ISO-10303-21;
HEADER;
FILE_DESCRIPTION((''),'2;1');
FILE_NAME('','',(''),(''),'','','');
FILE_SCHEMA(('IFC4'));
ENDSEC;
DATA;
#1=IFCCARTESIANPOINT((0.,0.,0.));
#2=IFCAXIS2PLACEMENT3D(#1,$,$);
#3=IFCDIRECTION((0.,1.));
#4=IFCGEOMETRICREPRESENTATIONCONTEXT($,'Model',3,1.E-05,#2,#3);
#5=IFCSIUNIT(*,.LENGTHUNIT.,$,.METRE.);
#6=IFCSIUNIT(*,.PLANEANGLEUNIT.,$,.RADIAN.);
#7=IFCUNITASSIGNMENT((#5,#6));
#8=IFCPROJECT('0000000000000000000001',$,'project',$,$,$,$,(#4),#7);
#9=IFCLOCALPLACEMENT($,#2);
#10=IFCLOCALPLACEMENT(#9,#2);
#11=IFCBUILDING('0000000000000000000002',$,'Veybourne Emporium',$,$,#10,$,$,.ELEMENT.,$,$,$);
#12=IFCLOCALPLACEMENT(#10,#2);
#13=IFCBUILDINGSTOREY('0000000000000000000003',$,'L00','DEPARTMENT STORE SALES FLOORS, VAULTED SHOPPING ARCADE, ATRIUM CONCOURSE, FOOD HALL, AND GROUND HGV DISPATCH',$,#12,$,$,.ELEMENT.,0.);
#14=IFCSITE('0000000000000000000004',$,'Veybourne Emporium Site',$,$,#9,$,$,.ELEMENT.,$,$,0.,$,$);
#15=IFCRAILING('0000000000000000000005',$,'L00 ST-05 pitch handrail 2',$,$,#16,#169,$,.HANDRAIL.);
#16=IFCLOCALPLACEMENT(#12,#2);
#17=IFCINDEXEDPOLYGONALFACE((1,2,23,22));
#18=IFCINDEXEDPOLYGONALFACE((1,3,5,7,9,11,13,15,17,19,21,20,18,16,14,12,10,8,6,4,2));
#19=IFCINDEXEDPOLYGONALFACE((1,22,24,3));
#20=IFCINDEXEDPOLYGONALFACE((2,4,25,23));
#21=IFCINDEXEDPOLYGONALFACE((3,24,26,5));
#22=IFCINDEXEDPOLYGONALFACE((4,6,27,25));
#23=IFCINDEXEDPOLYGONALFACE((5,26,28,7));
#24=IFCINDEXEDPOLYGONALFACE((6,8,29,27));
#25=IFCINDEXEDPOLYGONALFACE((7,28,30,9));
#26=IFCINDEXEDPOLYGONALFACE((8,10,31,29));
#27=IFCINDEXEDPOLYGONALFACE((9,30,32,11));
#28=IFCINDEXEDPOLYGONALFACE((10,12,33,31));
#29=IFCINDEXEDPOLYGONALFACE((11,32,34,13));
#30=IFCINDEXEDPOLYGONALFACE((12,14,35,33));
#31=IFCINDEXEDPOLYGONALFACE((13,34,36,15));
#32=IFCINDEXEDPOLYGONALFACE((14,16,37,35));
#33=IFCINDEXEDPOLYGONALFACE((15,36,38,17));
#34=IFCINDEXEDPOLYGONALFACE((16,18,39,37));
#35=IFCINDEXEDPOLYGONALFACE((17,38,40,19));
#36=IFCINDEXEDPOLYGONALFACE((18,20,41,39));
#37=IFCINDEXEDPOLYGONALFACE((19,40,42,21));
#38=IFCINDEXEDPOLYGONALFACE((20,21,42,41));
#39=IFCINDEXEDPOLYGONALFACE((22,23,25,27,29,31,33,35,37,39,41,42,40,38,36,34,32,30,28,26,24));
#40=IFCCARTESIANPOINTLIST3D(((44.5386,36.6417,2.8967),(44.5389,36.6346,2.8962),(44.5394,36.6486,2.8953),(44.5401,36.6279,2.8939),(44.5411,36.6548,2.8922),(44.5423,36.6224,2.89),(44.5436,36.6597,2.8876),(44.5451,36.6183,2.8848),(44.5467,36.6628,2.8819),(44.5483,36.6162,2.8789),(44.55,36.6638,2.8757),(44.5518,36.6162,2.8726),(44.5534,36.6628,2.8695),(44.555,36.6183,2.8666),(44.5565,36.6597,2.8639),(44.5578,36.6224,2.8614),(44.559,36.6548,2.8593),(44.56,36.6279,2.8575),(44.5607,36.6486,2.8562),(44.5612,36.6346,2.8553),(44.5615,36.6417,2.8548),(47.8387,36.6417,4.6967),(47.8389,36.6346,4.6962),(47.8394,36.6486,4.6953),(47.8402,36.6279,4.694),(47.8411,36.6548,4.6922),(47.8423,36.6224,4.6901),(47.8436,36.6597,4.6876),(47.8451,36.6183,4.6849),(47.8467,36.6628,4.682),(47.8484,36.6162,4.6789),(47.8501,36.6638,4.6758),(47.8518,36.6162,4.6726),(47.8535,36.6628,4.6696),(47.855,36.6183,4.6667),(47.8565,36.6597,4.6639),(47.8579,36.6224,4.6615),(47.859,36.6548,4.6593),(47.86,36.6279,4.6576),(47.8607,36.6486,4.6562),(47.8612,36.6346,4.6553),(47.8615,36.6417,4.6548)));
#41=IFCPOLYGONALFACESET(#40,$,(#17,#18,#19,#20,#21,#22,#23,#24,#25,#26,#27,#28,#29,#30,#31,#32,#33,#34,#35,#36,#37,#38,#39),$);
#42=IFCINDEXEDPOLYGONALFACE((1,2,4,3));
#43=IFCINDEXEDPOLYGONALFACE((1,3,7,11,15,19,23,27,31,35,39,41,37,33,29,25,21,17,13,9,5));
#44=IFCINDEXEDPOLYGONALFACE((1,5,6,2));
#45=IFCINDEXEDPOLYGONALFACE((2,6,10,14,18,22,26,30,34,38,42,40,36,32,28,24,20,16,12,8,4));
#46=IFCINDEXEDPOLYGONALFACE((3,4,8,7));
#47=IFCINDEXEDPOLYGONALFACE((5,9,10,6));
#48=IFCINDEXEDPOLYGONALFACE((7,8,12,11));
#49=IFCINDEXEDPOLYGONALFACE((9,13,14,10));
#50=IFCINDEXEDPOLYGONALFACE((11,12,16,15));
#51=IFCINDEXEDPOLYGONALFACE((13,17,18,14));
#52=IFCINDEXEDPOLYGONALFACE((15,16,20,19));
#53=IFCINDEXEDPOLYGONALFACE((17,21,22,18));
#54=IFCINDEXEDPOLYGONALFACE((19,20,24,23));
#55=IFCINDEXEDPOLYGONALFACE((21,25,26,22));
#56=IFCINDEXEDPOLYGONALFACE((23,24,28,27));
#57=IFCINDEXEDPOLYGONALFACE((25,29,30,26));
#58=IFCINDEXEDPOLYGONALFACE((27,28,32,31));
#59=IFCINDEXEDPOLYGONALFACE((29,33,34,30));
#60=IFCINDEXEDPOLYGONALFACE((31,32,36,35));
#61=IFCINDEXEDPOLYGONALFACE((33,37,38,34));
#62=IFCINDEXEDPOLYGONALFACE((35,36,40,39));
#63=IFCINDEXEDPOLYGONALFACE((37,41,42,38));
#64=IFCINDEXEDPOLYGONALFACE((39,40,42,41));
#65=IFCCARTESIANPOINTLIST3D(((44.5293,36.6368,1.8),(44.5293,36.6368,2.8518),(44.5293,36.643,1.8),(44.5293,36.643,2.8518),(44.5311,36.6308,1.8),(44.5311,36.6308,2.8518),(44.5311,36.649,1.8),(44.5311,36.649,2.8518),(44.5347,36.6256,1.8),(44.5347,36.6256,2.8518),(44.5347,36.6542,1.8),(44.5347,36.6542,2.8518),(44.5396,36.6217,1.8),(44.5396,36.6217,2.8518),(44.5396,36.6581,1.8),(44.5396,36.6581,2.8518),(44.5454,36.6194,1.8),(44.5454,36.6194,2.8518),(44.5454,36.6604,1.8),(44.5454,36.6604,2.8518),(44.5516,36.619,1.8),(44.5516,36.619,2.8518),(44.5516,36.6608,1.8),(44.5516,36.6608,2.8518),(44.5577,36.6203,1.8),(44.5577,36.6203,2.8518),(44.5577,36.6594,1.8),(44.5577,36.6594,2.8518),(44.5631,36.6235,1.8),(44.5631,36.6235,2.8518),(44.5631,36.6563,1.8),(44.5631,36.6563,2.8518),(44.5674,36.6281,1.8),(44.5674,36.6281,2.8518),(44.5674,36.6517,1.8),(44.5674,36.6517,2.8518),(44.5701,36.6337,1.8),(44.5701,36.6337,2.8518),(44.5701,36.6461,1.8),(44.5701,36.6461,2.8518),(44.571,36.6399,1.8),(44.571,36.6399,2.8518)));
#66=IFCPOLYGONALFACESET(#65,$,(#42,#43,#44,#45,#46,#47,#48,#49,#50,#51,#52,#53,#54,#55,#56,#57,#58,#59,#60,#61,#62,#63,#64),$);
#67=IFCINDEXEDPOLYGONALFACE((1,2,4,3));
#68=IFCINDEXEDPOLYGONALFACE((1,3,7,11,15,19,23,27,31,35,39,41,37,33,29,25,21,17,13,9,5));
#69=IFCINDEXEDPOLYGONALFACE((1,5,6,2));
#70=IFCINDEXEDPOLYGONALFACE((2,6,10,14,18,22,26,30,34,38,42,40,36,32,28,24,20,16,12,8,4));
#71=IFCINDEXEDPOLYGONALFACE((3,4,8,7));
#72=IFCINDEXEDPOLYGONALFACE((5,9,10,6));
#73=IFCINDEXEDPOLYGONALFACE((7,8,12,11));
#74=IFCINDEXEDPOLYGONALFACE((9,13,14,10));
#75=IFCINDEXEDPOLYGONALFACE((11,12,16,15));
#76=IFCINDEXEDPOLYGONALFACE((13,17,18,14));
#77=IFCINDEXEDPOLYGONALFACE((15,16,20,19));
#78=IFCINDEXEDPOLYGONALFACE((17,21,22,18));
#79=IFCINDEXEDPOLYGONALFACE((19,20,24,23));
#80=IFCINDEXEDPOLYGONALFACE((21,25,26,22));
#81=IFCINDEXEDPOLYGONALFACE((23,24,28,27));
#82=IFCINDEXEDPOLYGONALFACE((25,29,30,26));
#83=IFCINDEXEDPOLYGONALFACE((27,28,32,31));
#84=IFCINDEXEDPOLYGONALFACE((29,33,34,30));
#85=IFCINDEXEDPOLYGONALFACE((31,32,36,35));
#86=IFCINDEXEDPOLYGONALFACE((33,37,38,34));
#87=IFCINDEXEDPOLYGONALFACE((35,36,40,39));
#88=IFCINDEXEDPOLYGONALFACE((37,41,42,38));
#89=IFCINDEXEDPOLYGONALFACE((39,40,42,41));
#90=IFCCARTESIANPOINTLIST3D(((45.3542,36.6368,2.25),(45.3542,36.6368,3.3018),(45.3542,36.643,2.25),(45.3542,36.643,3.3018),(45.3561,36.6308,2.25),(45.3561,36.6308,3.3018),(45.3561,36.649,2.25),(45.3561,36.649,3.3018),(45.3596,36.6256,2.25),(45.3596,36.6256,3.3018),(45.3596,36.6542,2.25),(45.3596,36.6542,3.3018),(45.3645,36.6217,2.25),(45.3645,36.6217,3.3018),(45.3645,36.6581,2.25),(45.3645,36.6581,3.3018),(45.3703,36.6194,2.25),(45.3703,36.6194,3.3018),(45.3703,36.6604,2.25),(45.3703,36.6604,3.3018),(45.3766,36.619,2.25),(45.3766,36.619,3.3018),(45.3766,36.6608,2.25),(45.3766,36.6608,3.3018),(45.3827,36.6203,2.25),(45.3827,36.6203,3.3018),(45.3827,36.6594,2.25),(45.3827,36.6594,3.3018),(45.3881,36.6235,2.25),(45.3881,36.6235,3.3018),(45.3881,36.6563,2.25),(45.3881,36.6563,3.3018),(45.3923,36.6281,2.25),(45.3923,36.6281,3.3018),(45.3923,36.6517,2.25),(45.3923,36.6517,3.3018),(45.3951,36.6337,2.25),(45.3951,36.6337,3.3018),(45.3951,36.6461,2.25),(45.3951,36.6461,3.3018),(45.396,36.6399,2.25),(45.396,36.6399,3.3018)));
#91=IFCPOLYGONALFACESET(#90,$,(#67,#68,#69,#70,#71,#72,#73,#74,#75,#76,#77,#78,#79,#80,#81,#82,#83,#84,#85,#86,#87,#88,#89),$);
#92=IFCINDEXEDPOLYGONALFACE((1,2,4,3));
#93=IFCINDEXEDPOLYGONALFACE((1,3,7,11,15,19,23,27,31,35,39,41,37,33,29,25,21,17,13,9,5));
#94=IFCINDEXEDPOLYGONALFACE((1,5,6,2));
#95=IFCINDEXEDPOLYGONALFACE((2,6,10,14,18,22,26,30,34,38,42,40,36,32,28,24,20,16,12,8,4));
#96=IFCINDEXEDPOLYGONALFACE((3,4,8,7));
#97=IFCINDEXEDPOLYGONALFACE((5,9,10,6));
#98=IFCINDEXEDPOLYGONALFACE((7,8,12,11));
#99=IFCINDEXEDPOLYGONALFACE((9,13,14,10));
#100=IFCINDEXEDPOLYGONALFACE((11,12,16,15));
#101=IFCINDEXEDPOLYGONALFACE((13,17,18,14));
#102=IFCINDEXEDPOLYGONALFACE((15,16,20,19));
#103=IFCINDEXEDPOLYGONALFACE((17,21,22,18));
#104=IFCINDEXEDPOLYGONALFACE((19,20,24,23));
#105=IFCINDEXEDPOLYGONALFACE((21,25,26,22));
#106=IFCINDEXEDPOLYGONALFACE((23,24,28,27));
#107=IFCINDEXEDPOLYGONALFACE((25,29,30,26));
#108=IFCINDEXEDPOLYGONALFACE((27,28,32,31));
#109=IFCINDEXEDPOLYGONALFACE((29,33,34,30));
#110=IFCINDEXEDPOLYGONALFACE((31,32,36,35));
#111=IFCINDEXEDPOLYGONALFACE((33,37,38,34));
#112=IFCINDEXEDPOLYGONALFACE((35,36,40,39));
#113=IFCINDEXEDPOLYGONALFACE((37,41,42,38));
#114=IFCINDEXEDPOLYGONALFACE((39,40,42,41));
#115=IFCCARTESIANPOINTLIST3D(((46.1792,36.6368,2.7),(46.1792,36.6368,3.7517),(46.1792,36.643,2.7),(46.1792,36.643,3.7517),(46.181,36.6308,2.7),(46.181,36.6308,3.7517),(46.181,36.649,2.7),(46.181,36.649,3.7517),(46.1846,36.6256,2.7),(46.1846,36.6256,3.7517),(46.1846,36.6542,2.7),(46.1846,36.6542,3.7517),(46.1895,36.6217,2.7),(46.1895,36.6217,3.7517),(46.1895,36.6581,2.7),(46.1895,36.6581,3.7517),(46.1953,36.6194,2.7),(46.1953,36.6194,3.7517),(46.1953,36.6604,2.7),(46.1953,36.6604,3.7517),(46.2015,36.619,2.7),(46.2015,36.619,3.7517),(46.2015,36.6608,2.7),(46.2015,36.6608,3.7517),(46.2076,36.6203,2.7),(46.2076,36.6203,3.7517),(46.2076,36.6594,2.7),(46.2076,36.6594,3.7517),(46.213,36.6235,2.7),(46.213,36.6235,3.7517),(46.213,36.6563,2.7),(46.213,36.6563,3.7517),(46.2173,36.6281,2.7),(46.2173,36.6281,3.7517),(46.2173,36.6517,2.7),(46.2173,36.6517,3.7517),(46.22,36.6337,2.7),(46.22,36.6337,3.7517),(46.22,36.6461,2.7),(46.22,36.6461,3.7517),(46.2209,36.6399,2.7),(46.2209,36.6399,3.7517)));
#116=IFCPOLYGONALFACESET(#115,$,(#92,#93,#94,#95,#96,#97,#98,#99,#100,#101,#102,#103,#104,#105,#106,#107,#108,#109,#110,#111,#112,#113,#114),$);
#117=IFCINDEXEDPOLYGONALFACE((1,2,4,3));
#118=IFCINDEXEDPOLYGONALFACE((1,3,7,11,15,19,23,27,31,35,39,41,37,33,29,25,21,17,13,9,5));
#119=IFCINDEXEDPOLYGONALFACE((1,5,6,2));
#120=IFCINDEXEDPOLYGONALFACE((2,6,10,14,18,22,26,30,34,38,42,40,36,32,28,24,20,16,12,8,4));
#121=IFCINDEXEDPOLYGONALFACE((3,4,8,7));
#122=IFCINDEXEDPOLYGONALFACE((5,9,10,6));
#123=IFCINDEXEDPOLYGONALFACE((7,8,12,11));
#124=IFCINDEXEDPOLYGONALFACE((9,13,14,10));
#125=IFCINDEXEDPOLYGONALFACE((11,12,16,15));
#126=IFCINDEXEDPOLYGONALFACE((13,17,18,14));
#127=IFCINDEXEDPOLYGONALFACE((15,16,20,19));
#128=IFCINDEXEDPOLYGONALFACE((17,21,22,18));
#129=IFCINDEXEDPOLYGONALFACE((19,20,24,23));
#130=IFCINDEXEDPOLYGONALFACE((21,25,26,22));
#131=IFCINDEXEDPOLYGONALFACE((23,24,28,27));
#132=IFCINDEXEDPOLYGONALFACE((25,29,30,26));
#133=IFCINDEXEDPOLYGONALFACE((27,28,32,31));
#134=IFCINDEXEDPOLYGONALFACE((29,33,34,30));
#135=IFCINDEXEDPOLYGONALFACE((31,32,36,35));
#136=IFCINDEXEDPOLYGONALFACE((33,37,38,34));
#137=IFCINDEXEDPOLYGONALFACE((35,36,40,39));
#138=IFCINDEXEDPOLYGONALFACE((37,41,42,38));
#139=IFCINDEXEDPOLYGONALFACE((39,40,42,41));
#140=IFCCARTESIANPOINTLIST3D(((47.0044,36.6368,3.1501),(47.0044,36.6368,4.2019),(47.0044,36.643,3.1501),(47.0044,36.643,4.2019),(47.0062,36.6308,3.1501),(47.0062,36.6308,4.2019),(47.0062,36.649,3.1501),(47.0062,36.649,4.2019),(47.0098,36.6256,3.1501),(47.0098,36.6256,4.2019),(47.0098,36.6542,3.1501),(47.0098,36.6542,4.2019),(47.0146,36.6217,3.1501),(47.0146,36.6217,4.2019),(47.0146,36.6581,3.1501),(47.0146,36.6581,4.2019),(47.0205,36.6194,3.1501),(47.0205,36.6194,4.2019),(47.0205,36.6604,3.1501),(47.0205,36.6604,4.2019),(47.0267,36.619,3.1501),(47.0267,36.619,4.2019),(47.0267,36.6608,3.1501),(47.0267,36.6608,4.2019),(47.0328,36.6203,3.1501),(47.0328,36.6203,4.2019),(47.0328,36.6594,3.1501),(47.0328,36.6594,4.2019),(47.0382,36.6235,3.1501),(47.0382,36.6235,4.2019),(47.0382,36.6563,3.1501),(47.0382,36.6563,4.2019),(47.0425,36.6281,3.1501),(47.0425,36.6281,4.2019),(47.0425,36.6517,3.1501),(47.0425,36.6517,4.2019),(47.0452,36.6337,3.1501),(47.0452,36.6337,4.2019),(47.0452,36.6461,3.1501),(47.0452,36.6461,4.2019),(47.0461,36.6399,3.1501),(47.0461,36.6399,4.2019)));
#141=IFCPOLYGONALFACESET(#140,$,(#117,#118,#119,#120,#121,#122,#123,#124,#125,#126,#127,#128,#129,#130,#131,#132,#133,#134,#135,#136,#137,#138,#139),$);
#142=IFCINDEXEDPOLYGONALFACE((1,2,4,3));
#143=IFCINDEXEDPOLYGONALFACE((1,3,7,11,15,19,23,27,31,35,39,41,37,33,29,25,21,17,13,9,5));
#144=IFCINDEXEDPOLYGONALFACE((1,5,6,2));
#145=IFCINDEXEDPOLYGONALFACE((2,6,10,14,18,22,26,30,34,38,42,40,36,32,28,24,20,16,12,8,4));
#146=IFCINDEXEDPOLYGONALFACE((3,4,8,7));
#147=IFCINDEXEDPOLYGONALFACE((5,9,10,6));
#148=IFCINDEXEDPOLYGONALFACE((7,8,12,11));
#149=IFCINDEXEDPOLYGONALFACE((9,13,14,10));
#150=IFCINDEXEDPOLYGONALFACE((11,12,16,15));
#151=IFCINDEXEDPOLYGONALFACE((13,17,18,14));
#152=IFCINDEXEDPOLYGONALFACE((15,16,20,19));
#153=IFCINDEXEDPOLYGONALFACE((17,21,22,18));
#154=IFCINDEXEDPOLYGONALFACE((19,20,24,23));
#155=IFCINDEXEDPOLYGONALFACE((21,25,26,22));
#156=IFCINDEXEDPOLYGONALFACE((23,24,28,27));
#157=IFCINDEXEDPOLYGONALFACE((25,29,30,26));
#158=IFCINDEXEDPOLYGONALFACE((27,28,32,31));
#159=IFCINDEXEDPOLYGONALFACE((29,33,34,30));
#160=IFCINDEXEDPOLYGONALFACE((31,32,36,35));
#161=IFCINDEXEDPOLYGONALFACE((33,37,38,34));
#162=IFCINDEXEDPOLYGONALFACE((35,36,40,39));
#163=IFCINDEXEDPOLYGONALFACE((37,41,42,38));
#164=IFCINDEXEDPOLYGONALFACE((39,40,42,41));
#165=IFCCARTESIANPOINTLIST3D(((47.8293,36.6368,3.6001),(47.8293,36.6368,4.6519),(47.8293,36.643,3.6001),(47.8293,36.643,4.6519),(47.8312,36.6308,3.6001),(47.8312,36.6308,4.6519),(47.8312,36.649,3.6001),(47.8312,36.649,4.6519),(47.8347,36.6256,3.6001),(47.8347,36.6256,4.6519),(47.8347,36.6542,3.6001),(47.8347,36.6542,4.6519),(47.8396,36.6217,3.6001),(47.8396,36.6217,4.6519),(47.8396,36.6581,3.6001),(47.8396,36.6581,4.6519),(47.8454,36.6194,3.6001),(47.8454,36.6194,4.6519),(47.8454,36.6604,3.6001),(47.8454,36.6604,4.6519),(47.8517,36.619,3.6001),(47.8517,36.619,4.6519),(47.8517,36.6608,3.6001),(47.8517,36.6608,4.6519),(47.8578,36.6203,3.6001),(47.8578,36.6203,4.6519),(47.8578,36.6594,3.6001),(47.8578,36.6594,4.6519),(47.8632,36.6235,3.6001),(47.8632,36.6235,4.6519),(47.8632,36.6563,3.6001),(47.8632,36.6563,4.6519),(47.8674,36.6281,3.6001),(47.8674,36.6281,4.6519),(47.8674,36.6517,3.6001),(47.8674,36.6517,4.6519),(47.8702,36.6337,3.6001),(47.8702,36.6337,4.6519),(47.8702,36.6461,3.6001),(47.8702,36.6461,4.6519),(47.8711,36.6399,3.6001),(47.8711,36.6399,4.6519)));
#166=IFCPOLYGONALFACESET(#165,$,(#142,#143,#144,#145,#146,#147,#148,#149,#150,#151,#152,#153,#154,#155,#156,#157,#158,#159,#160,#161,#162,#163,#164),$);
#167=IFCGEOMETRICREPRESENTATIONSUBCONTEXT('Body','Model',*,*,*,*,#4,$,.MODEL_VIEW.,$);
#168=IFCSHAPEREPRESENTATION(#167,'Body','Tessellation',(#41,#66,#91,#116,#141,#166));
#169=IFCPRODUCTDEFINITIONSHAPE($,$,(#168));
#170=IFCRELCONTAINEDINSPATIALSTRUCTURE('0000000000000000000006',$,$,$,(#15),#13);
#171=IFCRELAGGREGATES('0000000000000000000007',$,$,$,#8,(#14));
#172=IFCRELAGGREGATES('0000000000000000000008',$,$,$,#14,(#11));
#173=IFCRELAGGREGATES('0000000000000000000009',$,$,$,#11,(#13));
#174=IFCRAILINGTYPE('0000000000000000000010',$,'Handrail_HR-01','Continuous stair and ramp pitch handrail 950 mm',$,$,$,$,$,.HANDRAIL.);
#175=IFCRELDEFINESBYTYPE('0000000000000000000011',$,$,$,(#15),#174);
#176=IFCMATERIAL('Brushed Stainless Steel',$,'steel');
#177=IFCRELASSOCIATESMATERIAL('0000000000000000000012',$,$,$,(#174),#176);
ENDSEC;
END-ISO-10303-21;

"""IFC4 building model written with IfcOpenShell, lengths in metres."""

from ifc_helpers import new_model, si_unit, direction, frame, origin, origin_2d, place, context, subcontext, project, spatial, circle, extrude, material, type_object, element, save


model = new_model("IFC4")

# Units and contexts
model_context = context("Model", 3, precision=1e-05, world=origin(), true_north=direction((0.0, 1.0)))
body_context = subcontext(model_context, "Body", "Model", "MODEL_VIEW")
ifc_project = project(units=[si_unit("LENGTHUNIT", "METRE"), si_unit("PLANEANGLEUNIT", "RADIAN")], contexts=[model_context])

# Site, building, storey
site_placement = place(None, origin())
site = spatial("IfcSite", under=ifc_project, at=site_placement, Name="Veybourne Emporium Site", CompositionType="ELEMENT", RefElevation=0.0)
building_placement = place(site_placement, origin())
building = spatial("IfcBuilding", under=site, at=building_placement, Name="Veybourne Emporium", CompositionType="ELEMENT")
storey_placement = place(building_placement, origin())
storey = spatial("IfcBuildingStorey", under=building, at=storey_placement, Name="L00", Description="DEPARTMENT STORE SALES FLOORS, VAULTED SHOPPING ARCADE, ATRIUM CONCOURSE, FOOD HALL, AND GROUND HGV DISPATCH", CompositionType="ELEMENT", Elevation=0.0)

# Railing
ifc_material_1 = material(Name="Brushed Stainless Steel", Category="steel")
railing_type = type_object("IfcRailingType", Name="Handrail_HR-01", Description="Continuous stair and ramp pitch handrail 950 mm", PredefinedType="HANDRAIL", material=ifc_material_1)
railing_placement = place(storey_placement, frame((44.55, 36.6399, 1.95)))
element("IfcRailing", 1, at=railing_placement, inside=storey, type_object=railing_type, Name="L00 ST-05 pitch handrail 2", PredefinedType="HANDRAIL", context=body_context, shape_type="SweptSolid", body=[
    extrude(circle(Radius=0.0239, at=origin_2d()), frame((0.0, 0.0, 0.9258), z_axis=(0.877893, 0.0, 0.478857), x_axis=(0.0, 1.0, 0.0)), (0.0, 0.0, 1.0), 3.759),
    extrude(circle(Radius=0.021, at=origin_2d()), frame((0.0, 0.0, -0.1499)), (0.0, 0.0, 1.0), 1.0518),
    extrude(circle(Radius=0.021, at=origin_2d()), frame((0.825, 0.0, 0.3)), (0.0, 0.0, 1.0), 1.0518),
    extrude(circle(Radius=0.021, at=origin_2d()), frame((1.6499, 0.0, 0.75)), (0.0, 0.0, 1.0), 1.0518),
    extrude(circle(Radius=0.021, at=origin_2d()), frame((2.4751, 0.0, 1.2002)), (0.0, 0.0, 1.0), 1.0518),
    extrude(circle(Radius=0.021, at=origin_2d()), frame((3.3, 0.0, 1.6501)), (0.0, 0.0, 1.0), 1.0518),
])

save(model, "model.ifc")
